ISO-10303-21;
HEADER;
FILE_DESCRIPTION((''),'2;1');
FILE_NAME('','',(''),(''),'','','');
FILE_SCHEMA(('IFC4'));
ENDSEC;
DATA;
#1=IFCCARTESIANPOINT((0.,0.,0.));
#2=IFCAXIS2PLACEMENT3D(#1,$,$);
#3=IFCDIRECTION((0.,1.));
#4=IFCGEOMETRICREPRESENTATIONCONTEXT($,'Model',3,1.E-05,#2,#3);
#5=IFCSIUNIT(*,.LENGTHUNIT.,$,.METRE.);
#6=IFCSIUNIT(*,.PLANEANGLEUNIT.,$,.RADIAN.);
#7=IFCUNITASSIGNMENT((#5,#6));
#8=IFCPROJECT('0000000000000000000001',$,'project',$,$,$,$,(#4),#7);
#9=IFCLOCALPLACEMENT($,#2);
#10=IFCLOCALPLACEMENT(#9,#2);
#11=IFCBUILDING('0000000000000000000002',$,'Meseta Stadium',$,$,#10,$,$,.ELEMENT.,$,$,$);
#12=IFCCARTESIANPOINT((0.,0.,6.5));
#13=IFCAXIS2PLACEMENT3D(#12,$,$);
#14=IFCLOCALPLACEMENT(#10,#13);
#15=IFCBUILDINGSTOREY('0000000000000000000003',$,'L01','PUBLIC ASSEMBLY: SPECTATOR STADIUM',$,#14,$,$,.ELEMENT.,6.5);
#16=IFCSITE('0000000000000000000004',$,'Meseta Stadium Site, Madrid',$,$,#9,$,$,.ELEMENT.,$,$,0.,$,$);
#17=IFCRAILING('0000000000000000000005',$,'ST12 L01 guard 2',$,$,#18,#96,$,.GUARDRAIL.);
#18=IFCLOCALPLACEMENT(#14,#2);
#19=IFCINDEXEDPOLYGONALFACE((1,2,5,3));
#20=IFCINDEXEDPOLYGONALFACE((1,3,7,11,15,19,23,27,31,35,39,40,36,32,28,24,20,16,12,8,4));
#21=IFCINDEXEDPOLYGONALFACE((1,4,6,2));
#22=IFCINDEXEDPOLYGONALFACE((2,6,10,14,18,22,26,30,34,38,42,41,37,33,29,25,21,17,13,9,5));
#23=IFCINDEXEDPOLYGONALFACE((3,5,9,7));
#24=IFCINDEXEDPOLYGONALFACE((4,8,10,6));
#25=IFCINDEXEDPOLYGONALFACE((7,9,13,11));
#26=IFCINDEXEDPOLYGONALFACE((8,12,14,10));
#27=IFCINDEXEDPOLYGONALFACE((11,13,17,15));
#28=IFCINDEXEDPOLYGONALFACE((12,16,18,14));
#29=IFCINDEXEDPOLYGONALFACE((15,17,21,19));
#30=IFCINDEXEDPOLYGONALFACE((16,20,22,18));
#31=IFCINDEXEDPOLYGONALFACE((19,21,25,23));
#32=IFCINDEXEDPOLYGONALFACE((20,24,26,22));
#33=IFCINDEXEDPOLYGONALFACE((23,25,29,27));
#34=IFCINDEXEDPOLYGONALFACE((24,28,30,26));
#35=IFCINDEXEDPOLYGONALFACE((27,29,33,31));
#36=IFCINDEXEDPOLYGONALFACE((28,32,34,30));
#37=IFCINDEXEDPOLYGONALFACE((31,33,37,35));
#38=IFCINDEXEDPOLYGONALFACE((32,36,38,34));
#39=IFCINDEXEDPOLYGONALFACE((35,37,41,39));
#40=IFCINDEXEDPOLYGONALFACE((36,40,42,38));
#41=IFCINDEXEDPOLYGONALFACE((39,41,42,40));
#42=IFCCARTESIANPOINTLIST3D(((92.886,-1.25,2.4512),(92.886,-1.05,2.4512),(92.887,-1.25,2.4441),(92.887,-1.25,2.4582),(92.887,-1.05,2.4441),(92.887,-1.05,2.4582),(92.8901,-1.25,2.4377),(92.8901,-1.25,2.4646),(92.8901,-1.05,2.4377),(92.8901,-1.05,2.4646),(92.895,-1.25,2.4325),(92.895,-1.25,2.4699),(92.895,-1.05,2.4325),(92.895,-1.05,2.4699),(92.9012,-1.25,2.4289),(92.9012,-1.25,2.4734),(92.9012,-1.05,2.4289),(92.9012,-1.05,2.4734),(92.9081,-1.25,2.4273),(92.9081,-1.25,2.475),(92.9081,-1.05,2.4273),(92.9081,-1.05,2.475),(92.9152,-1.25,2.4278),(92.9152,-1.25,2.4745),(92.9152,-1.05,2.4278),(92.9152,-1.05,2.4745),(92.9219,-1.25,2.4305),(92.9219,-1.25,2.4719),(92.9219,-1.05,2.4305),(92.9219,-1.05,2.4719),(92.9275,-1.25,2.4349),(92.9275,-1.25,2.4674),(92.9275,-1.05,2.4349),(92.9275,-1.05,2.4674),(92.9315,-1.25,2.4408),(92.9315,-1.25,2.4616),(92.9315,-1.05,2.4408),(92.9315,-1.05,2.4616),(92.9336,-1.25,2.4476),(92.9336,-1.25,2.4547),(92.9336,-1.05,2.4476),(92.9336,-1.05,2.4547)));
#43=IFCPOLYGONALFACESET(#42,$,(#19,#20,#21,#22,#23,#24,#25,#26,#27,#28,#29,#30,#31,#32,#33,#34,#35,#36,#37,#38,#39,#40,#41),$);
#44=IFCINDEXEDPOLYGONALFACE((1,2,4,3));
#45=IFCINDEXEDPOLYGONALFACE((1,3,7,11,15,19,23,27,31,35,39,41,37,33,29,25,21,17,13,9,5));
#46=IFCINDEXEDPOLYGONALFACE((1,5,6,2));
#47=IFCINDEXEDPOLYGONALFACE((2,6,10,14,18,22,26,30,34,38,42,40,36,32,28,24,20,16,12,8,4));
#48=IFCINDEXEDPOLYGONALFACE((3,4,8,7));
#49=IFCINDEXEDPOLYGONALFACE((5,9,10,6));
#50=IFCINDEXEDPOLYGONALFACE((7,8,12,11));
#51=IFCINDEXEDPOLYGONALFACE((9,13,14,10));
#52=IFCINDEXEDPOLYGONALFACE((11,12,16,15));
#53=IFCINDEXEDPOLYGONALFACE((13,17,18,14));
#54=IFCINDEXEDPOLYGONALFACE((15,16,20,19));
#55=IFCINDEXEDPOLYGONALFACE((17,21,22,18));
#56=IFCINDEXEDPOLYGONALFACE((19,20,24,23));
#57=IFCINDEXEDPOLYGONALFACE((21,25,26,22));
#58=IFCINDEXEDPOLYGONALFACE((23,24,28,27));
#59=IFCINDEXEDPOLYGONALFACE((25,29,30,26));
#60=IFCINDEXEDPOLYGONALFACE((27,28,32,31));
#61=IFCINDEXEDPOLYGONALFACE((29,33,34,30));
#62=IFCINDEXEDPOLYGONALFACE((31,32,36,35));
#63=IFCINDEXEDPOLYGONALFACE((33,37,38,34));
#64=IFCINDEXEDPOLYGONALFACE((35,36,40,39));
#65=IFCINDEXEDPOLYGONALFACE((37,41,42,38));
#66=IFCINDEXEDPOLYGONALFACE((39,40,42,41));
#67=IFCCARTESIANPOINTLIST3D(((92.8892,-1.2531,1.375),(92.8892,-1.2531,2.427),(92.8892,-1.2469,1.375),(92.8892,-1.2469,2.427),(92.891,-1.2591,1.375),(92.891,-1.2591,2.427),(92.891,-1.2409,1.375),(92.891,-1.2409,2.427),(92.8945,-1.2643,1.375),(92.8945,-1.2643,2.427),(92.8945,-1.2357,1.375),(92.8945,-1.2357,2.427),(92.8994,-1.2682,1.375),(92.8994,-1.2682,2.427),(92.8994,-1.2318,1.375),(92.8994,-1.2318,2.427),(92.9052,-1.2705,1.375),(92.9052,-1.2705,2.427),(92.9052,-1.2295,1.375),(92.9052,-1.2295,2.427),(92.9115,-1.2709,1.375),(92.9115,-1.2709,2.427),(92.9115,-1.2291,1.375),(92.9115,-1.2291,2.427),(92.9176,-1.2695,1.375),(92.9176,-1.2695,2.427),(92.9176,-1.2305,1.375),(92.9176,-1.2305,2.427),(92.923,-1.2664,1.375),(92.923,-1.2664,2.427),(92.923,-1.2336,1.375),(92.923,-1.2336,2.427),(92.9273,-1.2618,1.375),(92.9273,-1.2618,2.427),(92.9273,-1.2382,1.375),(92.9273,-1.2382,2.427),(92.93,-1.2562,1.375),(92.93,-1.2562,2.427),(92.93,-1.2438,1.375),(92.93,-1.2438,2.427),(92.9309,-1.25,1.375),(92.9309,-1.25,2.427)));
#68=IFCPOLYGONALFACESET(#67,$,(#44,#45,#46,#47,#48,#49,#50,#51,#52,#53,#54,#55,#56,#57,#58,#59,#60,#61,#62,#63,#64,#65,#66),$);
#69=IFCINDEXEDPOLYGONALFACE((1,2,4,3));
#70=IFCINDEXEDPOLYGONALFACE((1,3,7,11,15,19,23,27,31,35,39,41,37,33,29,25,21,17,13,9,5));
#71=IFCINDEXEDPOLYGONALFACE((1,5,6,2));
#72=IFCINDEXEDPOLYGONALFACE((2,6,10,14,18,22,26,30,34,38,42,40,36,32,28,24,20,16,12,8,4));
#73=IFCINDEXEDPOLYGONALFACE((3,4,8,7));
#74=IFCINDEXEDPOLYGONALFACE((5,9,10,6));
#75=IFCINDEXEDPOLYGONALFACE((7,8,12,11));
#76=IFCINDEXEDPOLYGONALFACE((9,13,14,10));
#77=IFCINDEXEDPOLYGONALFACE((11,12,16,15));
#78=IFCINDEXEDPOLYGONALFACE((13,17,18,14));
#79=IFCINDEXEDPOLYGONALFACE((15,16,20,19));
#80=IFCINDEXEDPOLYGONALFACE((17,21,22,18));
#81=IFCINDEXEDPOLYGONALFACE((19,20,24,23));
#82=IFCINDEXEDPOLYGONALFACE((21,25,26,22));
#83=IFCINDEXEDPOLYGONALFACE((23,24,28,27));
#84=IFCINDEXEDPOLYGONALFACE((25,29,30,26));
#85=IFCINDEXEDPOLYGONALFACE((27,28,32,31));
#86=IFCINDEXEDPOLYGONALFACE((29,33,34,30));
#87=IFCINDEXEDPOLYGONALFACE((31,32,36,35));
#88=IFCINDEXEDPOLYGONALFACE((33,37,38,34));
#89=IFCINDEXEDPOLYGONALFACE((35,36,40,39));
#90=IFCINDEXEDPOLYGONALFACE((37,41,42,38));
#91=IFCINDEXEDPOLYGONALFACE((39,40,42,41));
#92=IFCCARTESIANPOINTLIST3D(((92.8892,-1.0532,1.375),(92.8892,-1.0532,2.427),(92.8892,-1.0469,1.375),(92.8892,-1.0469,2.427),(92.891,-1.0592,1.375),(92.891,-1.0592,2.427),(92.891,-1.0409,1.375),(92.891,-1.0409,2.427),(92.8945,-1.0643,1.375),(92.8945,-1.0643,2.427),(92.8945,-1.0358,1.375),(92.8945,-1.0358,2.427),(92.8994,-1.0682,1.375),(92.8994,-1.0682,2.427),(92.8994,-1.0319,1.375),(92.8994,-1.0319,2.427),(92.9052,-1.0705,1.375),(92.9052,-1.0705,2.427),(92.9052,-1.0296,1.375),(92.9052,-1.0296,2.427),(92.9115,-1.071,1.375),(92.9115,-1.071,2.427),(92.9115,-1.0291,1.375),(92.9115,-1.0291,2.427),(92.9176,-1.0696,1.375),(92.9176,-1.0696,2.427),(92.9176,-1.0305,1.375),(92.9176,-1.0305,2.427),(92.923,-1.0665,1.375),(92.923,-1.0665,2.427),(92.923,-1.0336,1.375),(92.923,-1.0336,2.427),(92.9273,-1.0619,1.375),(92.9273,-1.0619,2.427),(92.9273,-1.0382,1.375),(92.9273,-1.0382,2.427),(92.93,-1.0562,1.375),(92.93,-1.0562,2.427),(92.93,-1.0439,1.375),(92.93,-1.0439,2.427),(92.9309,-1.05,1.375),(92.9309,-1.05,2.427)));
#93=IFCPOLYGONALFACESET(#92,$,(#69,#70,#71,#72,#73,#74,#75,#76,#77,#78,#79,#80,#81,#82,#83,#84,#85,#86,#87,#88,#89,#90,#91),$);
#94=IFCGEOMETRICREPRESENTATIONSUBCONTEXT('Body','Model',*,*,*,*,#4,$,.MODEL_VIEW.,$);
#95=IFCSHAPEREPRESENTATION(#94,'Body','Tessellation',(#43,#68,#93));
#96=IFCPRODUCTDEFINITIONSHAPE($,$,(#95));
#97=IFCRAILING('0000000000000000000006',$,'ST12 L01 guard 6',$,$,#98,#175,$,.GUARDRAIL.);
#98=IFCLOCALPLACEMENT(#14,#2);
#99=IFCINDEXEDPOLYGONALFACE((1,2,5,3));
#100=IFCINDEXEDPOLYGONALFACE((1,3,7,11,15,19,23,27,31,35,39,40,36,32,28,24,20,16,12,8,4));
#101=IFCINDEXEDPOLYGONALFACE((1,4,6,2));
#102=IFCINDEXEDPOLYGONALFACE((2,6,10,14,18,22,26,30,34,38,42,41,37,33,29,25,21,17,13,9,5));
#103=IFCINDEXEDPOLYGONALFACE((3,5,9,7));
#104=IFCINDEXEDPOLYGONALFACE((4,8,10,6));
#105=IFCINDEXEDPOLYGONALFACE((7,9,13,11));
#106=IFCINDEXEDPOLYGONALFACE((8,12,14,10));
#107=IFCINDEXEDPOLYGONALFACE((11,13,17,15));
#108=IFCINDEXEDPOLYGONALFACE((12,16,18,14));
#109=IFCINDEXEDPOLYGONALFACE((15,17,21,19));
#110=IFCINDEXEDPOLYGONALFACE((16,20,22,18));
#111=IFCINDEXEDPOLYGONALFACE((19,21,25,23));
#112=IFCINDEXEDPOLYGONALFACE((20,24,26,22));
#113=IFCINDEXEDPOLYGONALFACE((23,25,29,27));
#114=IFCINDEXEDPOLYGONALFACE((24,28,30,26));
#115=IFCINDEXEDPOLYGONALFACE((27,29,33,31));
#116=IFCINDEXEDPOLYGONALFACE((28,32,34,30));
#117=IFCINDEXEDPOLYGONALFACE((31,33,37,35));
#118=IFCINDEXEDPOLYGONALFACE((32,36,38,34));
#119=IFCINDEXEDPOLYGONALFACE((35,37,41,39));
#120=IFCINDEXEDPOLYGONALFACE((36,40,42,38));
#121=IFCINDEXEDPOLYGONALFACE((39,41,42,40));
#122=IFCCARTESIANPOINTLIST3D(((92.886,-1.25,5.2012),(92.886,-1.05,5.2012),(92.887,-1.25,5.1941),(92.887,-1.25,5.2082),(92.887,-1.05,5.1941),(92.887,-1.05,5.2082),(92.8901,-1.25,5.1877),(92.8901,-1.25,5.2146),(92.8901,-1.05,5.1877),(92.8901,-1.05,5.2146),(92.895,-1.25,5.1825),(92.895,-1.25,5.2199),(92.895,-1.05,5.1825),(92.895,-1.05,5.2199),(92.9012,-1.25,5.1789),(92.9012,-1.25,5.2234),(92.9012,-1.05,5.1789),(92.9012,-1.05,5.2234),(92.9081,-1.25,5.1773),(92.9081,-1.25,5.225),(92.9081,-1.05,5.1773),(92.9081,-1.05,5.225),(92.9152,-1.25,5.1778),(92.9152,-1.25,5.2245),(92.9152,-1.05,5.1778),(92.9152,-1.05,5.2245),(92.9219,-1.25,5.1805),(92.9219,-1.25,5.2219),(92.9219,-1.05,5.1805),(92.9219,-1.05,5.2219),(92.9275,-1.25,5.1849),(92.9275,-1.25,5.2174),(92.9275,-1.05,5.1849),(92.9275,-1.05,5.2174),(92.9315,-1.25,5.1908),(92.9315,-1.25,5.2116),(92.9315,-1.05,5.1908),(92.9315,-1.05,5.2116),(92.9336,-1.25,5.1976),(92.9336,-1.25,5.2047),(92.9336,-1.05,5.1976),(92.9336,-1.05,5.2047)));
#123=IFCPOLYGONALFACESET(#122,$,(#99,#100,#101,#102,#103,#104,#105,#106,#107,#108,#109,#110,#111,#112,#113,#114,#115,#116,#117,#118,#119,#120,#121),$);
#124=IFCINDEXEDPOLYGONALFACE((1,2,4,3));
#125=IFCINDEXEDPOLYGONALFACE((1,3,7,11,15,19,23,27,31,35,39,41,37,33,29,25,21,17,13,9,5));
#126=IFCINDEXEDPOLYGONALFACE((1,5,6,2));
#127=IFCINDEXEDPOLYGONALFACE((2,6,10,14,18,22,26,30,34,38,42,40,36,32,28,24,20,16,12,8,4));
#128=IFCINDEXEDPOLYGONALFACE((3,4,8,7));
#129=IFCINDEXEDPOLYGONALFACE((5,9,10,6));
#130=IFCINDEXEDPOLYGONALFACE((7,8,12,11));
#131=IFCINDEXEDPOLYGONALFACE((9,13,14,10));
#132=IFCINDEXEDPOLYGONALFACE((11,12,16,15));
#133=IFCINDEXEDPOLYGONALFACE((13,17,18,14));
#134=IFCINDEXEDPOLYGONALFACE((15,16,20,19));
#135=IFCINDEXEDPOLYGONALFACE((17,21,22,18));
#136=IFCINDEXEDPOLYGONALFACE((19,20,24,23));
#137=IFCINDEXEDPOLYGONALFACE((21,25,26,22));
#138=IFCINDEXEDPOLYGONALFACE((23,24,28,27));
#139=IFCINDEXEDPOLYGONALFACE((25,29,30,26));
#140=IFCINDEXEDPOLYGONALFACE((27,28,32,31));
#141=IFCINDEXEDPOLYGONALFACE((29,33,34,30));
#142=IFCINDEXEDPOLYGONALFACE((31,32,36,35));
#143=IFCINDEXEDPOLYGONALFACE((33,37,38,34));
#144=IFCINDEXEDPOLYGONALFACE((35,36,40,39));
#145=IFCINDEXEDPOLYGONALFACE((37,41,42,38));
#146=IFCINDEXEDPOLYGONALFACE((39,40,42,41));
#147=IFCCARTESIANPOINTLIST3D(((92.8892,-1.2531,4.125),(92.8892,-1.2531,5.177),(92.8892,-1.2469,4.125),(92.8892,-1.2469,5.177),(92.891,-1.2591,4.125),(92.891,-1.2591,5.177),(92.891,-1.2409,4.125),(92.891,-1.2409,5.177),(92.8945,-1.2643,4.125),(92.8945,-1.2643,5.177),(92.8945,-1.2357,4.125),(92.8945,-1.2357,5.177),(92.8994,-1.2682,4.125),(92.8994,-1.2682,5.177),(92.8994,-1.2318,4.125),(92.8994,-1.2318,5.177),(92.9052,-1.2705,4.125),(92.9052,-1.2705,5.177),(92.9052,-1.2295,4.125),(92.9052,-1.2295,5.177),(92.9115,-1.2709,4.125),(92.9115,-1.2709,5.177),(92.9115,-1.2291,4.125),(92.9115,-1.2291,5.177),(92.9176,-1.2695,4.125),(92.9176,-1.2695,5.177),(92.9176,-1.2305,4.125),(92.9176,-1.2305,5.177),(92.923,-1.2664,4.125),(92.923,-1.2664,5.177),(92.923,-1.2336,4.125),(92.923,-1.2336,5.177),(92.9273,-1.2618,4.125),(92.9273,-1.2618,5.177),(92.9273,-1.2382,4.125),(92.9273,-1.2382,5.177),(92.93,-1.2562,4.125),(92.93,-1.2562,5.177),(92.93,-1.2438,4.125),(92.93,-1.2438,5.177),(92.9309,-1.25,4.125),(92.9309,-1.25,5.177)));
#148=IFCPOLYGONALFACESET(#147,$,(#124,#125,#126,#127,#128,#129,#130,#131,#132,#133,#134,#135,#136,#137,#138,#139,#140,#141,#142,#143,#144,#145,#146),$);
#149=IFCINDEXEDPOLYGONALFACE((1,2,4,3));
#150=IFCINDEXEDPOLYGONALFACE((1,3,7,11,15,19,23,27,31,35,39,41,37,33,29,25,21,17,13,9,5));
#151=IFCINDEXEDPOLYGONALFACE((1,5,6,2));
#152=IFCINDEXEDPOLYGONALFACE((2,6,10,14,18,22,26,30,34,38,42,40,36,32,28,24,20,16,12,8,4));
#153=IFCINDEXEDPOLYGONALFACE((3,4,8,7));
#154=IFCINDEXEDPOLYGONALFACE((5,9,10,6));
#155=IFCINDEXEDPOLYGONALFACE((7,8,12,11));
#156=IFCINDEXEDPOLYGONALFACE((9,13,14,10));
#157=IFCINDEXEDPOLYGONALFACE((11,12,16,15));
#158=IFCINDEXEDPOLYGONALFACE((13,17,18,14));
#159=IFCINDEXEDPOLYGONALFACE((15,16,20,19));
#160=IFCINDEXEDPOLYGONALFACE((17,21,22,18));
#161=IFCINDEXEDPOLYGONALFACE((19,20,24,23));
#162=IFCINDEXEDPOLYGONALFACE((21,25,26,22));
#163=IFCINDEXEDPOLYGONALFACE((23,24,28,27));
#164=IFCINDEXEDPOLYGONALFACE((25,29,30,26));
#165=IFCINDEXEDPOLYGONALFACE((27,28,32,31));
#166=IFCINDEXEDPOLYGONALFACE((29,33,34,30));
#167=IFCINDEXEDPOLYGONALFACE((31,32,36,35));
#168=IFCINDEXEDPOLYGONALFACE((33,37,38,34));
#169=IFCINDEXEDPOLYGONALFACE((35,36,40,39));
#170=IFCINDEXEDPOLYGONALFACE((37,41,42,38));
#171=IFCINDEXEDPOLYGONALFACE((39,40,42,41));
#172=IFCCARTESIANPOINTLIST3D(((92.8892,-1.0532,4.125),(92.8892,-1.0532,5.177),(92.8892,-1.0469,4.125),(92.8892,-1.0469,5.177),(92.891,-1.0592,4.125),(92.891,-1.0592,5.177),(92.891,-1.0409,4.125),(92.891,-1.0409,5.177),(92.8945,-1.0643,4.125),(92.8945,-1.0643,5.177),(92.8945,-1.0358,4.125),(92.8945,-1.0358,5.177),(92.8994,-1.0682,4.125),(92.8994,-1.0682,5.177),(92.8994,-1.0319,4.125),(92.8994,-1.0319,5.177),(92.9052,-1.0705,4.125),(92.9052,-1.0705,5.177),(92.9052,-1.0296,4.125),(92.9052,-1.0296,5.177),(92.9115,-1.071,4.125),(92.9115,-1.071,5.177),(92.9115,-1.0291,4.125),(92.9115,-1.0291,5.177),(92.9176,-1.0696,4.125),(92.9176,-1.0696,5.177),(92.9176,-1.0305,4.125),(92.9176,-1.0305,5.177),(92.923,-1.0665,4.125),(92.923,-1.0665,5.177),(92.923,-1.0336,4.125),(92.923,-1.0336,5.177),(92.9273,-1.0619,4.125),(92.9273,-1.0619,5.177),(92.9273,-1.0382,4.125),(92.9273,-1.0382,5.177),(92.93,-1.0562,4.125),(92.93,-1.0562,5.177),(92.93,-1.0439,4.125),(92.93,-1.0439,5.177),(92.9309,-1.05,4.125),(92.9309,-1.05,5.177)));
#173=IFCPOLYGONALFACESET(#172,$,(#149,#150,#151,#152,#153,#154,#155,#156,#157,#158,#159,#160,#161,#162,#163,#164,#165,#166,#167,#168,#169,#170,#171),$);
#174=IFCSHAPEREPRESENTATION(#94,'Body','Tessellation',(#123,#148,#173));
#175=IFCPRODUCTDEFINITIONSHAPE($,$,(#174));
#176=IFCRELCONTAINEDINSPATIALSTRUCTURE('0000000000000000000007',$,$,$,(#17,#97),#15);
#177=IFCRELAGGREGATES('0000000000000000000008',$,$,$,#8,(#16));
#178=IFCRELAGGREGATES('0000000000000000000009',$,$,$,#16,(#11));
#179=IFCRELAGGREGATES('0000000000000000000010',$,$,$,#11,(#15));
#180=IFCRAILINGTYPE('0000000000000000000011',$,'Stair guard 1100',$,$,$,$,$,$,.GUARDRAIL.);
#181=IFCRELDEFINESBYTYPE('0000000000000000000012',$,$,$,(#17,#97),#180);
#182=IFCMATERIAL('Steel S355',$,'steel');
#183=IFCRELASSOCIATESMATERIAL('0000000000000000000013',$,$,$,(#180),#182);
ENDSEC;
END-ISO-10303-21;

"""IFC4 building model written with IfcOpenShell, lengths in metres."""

from ifc_helpers import new_model, si_unit, direction, frame, origin, origin_2d, place, context, subcontext, project, spatial, circle, extrude, material, type_object, element, save


model = new_model("IFC4")

# Units and contexts
model_context = context("Model", 3, precision=1e-05, world=origin(), true_north=direction((0.0, 1.0)))
body_context = subcontext(model_context, "Body", "Model", "MODEL_VIEW")
ifc_project = project(units=[si_unit("LENGTHUNIT", "METRE"), si_unit("PLANEANGLEUNIT", "RADIAN")], contexts=[model_context])

# Site, building, storey
site_placement = place(None, origin())
site = spatial("IfcSite", under=ifc_project, at=site_placement, Name="Meseta Stadium Site, Madrid", CompositionType="ELEMENT", RefElevation=0.0)
building_placement = place(site_placement, origin())
building = spatial("IfcBuilding", under=site, at=building_placement, Name="Meseta Stadium", CompositionType="ELEMENT")
storey_placement = place(building_placement, frame((0.0, 0.0, 6.5)))
storey = spatial("IfcBuildingStorey", under=building, at=storey_placement, Name="L01", Description="PUBLIC ASSEMBLY: SPECTATOR STADIUM", CompositionType="ELEMENT", Elevation=6.5)

# Railings
ifc_material_1 = material(Name="Steel S355", Category="steel")
railing_type = type_object("IfcRailingType", Name="Stair guard 1100", PredefinedType="GUARDRAIL", material=ifc_material_1)
for number, where, name in (
    (1, (92.9099, -1.25, 1.375), "ST12 L01 guard 2"),
    (2, (92.9099, -1.25, 4.125), "ST12 L01 guard 6"),
):
    element("IfcRailing", number, at=place(storey_placement, frame(where)), inside=storey, type_object=railing_type, Name=name, PredefinedType="GUARDRAIL", context=body_context, shape_type="SweptSolid", body=[
        extrude(circle(Radius=0.0239, at=origin_2d()), frame((0.0, 0.0, 1.0762), z_axis=(0.0, 1.0, 0.0), x_axis=(-1.0, 0.0, 0.0)), (0.0, 0.0, 1.0), 0.2),
        extrude(circle(Radius=0.021, at=origin_2d()), origin(), (0.0, 0.0, 1.0), 1.052),
        extrude(circle(Radius=0.021, at=origin_2d()), frame((0.0, 0.2, 0.0)), (0.0, 0.0, 1.0), 1.052),
    ])

save(model, "model.ifc")
